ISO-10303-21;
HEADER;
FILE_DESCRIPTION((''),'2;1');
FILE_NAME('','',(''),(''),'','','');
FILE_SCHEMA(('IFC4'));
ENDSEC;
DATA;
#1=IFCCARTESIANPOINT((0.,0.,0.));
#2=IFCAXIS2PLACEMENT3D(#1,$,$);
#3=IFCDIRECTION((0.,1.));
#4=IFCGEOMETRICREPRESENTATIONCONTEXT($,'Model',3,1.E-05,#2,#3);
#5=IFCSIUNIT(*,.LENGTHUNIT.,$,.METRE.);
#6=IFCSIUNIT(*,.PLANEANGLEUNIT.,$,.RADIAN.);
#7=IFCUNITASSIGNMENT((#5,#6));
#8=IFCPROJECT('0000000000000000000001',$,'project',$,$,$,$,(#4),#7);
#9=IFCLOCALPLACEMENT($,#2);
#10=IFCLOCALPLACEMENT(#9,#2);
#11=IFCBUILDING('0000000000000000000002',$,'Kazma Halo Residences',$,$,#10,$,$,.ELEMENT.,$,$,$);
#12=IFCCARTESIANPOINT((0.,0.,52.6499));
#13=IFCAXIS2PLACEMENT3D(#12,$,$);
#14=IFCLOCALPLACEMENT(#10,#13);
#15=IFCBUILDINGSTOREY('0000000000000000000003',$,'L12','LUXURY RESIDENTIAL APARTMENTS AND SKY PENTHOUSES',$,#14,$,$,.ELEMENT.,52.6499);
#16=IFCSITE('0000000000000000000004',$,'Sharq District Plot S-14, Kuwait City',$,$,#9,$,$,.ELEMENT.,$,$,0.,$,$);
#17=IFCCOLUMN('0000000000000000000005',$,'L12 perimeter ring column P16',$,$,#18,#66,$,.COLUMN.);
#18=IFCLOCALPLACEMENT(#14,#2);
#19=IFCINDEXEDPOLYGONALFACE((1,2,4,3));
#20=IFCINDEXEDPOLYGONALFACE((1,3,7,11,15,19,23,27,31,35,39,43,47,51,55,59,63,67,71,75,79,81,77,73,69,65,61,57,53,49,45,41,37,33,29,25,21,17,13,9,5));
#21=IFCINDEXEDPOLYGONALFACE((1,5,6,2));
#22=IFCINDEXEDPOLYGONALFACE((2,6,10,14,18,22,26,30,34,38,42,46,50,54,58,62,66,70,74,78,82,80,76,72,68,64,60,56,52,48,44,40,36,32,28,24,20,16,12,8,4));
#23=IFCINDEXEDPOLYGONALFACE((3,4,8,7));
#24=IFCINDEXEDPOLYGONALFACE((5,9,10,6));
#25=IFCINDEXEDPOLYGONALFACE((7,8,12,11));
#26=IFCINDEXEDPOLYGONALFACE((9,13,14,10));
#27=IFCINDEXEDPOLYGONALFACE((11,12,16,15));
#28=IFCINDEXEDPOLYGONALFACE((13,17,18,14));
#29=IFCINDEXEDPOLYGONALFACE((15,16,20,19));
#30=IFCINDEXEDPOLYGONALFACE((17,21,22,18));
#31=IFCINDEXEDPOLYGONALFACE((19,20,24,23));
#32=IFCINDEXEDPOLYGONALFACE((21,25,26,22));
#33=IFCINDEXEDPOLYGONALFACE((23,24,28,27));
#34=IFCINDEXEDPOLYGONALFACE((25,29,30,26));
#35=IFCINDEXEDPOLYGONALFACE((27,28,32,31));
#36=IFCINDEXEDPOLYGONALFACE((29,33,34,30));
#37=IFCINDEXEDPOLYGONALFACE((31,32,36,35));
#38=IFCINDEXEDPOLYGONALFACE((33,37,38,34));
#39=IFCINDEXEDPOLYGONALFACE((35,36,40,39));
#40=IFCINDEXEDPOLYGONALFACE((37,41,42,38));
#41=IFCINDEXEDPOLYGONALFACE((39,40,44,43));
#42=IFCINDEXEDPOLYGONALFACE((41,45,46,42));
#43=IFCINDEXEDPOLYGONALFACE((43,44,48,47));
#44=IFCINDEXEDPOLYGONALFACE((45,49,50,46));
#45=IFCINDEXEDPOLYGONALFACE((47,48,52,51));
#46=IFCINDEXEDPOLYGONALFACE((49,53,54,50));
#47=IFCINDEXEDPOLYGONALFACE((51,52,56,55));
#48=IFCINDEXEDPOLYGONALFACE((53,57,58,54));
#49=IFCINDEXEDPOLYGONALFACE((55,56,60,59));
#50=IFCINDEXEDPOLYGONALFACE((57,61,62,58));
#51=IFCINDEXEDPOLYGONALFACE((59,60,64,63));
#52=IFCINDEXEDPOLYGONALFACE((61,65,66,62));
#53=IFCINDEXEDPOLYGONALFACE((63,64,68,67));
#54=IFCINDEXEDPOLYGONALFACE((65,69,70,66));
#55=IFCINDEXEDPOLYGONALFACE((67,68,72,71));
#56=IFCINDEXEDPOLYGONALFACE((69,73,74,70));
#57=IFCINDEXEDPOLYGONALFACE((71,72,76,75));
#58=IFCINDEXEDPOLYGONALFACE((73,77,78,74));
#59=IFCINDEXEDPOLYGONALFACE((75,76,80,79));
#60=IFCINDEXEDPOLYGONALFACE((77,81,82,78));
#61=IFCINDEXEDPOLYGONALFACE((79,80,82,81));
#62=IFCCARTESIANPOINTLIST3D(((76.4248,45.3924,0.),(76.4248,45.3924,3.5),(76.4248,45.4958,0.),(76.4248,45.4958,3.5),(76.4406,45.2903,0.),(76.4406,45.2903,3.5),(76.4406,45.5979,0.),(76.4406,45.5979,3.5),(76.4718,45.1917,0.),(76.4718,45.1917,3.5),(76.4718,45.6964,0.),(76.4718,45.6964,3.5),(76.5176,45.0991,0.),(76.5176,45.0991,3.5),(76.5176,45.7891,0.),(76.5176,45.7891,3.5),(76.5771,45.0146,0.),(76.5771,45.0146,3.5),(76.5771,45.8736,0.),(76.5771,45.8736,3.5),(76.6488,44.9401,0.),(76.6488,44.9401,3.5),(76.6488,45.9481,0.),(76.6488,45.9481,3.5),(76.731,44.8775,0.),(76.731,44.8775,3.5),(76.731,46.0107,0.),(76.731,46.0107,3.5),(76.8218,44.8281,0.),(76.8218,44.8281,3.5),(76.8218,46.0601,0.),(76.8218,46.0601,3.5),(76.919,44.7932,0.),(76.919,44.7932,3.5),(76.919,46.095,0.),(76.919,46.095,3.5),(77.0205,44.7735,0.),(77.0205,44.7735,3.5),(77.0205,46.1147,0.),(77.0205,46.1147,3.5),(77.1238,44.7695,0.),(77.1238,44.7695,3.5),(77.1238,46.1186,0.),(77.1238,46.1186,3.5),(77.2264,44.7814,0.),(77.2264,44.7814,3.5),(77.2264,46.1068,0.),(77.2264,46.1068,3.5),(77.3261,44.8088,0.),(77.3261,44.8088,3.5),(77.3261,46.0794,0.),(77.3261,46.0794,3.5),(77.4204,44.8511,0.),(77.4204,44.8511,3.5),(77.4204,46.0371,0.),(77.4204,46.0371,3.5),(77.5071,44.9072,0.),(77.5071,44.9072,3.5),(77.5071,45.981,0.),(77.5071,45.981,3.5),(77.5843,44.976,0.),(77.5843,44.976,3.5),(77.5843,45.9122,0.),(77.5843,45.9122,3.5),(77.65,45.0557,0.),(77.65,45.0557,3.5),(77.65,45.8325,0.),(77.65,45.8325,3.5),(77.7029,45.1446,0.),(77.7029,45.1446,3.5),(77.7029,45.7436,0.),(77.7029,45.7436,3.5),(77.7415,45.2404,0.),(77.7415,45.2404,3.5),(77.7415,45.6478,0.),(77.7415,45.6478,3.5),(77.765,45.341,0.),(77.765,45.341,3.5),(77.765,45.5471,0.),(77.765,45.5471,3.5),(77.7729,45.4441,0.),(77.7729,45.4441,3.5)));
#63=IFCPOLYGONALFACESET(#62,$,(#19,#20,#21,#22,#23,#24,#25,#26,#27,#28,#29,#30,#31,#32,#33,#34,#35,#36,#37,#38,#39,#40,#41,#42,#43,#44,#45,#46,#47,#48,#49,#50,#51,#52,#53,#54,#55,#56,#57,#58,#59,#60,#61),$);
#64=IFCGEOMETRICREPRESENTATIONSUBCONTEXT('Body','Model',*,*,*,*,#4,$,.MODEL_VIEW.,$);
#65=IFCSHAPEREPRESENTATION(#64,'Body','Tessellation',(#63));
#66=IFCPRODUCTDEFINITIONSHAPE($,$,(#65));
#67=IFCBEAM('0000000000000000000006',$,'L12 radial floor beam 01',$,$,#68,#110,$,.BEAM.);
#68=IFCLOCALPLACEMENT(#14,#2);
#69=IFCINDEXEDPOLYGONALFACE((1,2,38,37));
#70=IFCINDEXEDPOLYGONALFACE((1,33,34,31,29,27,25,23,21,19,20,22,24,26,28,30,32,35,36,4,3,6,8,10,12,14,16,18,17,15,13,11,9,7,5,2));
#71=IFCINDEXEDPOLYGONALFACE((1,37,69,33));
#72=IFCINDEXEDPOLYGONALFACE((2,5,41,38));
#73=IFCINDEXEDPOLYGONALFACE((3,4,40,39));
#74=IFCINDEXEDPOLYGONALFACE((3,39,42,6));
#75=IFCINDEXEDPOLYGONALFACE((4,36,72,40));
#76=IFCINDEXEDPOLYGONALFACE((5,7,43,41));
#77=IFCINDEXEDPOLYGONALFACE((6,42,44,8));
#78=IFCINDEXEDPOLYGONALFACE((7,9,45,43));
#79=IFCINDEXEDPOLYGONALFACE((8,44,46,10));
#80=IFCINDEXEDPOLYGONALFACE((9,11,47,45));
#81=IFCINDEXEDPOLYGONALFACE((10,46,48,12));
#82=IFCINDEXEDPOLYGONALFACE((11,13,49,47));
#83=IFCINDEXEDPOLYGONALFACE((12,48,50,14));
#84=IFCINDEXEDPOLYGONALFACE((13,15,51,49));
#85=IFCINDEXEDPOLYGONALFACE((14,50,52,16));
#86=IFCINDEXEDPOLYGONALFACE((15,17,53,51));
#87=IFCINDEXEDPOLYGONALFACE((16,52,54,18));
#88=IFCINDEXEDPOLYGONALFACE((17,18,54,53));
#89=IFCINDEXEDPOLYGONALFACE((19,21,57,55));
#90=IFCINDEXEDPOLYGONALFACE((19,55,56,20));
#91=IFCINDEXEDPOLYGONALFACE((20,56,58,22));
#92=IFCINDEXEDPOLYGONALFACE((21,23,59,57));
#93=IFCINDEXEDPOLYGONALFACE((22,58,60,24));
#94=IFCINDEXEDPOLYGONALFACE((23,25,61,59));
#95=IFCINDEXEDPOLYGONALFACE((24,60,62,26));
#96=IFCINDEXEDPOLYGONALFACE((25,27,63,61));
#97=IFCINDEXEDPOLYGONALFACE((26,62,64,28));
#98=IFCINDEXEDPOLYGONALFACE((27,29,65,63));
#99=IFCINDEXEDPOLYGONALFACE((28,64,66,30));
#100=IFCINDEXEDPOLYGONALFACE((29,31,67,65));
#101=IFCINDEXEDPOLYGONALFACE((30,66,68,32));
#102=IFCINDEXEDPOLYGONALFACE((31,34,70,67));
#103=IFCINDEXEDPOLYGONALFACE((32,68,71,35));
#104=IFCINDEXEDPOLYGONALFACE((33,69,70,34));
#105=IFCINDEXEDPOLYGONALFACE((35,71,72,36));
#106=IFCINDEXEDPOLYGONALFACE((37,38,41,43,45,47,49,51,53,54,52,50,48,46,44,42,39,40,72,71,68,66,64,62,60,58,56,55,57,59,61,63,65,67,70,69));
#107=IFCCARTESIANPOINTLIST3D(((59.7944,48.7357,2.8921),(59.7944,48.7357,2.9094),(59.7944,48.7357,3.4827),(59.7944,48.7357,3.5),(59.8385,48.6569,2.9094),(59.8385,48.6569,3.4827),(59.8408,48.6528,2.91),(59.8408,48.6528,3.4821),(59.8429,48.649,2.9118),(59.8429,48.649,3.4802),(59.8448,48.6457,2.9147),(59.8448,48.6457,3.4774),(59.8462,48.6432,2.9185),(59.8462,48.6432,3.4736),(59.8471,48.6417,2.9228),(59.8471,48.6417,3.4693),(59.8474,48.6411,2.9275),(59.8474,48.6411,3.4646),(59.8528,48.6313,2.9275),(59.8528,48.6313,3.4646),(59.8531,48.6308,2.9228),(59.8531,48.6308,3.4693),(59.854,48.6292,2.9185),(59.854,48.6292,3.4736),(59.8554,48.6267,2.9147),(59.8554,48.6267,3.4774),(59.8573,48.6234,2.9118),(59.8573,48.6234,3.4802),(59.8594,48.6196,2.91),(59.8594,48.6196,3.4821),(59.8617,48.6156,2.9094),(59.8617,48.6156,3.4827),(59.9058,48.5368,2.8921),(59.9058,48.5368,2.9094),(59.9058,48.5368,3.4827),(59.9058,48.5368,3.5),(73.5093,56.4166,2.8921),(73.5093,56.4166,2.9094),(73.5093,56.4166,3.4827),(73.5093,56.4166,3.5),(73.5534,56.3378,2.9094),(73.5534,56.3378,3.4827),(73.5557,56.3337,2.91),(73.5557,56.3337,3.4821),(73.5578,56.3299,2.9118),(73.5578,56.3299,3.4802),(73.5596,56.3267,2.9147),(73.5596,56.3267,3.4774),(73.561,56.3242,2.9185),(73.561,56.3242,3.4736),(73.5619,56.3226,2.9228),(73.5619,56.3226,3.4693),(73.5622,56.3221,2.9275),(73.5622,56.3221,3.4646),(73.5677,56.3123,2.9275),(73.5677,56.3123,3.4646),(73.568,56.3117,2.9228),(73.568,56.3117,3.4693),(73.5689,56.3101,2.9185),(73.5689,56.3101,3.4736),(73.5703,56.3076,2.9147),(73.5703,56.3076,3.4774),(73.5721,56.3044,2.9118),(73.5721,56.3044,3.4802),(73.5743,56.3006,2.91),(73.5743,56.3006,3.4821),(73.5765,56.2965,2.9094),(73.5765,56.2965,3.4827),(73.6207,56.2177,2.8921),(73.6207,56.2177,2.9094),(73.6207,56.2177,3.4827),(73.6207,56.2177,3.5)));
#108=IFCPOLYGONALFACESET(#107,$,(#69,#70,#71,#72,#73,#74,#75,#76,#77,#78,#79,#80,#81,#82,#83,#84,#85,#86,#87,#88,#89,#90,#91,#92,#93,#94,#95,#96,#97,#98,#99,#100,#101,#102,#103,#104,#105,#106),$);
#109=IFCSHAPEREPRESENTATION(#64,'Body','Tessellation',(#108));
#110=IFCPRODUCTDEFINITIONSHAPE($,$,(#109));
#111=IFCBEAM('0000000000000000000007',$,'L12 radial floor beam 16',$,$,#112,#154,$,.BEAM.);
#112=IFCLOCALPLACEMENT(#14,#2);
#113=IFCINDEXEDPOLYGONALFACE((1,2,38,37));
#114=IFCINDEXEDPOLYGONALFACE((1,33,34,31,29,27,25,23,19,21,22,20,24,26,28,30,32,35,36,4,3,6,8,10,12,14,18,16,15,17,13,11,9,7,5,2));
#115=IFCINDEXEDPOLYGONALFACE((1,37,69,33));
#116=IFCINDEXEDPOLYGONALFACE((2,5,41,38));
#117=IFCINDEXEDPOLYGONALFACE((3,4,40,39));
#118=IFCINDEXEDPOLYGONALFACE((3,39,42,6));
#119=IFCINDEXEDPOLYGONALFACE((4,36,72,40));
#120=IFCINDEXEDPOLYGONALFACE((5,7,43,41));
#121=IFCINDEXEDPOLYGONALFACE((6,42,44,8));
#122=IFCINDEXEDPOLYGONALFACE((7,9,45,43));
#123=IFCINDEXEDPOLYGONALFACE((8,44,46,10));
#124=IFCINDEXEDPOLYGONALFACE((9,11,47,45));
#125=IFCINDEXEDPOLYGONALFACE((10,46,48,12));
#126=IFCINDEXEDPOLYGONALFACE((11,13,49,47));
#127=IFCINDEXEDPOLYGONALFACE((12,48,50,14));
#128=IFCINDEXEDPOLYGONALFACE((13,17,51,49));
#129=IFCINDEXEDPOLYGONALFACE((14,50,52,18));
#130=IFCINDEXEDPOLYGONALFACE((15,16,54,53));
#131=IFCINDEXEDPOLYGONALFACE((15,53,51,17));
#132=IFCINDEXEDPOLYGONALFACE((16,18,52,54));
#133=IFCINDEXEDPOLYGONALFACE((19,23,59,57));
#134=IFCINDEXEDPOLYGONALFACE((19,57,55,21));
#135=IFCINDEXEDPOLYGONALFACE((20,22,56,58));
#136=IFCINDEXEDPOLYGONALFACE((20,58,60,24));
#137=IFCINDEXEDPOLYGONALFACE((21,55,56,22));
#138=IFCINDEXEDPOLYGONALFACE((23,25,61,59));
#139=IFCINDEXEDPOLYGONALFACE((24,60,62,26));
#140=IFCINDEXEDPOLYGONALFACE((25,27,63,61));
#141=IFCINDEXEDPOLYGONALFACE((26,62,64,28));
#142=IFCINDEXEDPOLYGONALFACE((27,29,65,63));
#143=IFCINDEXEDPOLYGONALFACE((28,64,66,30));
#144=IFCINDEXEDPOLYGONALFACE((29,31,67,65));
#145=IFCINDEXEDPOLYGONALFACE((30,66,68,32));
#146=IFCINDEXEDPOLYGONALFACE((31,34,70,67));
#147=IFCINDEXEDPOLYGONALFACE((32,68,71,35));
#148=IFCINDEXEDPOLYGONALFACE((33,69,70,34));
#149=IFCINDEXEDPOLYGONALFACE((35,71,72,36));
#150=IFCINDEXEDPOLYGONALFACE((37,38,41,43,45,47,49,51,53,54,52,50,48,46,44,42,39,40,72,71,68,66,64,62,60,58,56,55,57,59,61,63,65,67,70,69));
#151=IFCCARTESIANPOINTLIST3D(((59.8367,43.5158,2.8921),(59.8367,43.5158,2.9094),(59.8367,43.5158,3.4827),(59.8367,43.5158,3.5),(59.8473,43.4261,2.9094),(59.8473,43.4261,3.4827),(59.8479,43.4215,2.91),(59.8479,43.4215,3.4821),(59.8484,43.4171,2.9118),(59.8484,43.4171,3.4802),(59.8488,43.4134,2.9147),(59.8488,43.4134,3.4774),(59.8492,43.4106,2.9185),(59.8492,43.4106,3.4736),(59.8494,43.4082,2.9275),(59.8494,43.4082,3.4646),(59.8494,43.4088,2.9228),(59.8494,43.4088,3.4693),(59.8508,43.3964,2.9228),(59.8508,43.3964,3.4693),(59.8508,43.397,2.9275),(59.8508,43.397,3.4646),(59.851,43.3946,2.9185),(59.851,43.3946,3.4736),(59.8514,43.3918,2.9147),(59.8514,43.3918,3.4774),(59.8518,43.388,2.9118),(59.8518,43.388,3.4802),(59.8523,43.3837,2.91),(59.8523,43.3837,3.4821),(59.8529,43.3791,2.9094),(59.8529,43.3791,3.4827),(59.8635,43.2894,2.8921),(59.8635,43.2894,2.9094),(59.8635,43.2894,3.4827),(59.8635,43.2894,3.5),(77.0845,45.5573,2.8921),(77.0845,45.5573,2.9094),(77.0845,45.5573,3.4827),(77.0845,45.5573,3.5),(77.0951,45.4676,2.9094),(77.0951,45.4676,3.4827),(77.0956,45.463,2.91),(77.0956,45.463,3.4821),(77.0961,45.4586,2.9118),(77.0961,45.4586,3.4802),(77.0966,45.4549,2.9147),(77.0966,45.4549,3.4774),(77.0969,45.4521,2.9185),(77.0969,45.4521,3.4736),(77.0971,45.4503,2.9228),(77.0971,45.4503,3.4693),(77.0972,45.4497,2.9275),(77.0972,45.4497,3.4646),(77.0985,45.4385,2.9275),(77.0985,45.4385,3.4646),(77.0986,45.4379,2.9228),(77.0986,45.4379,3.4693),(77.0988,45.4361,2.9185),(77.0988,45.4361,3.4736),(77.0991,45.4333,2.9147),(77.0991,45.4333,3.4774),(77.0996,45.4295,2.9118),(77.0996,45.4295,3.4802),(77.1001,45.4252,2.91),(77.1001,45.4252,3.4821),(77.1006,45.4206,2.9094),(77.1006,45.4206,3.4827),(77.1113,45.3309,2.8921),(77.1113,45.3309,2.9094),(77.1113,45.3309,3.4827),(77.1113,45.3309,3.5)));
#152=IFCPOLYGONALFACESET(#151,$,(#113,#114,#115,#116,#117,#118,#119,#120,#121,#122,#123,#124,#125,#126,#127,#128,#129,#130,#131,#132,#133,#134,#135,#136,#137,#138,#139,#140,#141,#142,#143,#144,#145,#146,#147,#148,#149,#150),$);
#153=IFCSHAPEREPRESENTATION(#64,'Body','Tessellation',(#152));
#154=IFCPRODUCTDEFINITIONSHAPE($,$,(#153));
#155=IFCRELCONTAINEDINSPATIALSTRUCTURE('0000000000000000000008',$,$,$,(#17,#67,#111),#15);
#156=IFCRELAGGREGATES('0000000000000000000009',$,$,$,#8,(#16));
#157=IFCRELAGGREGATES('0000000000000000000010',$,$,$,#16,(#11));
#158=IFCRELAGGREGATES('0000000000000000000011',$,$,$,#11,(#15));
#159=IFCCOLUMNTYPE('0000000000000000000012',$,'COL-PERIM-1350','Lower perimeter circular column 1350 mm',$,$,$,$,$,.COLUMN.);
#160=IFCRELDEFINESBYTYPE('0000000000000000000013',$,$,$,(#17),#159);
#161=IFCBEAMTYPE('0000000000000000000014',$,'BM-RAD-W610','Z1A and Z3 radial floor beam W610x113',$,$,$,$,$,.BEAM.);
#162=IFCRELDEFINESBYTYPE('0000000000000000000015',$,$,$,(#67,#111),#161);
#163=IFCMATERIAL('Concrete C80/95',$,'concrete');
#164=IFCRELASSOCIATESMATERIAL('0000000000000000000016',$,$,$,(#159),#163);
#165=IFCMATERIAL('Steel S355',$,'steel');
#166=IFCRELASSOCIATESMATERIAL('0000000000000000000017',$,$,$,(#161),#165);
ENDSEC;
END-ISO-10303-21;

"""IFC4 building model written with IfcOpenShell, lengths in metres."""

from ifc_helpers import new_model, si_unit, direction, frame, origin, origin_2d, place, context, subcontext, project, spatial, circle, i_section, extrude, material, material_profile, profile_set, type_object, element, save


model = new_model("IFC4")

# Units and contexts
model_context = context("Model", 3, precision=1e-05, world=origin(), true_north=direction((0.0, 1.0)))
body_context = subcontext(model_context, "Body", "Model", "MODEL_VIEW")
ifc_project = project(units=[si_unit("LENGTHUNIT", "METRE"), si_unit("PLANEANGLEUNIT", "RADIAN")], contexts=[model_context])

# Site, building, storey
site_placement = place(None, origin())
site = spatial("IfcSite", under=ifc_project, at=site_placement, Name="Sharq District Plot S-14, Kuwait City", CompositionType="ELEMENT", RefElevation=0.0)
building_placement = place(site_placement, origin())
building = spatial("IfcBuilding", under=site, at=building_placement, Name="Kazma Halo Residences", CompositionType="ELEMENT")
storey_placement = place(building_placement, frame((0.0, 0.0, 52.6499)))
storey = spatial("IfcBuildingStorey", under=building, at=storey_placement, Name="L12", Description="LUXURY RESIDENTIAL APARTMENTS AND SKY PENTHOUSES", CompositionType="ELEMENT", Elevation=52.6499)

# Column
ifc_material_1 = material(Name="Concrete C80/95", Category="concrete")
ifc_material_profile_1 = material_profile(ifc_material_1, circle(Radius=0.675, at=origin_2d()), Name="CIRC1350")
ifc_profile_set_1 = profile_set([ifc_material_profile_1], Name="Concrete C80/95")
column_type = type_object("IfcColumnType", Name="COL-PERIM-1350", Description="Lower perimeter circular column 1350 mm", PredefinedType="COLUMN", material=ifc_profile_set_1)
column_placement = place(storey_placement, frame((77.0979, 45.4441, 0.0), z_axis=(0.0, 0.0, 1.0), x_axis=(1.0, 0.0, 0.0)))
element("IfcColumn", 1, at=column_placement, inside=storey, type_object=column_type, Name="L12 perimeter ring column P16", PredefinedType="COLUMN", context=body_context, shape_type="SweptSolid", body=[
    extrude(circle(Radius=0.675, at=origin_2d()), origin(), (0.0, 0.0, 1.0), 3.5),
])

# Beams
ifc_material_2 = material(Name="Steel S355", Category="steel")
ifc_material_profile_2 = material_profile(ifc_material_2, i_section(OverallWidth=0.228, OverallDepth=0.6079, WebThickness=0.0112, FlangeThickness=0.0173, FilletRadius=0.0181, at=origin_2d()), Name="W610x113")
ifc_profile_set_2 = profile_set([ifc_material_profile_2], Name="Steel S355")
beam_type_1 = type_object("IfcBeamType", Name="BM-RAD-W610", Description="Z1A and Z3 radial floor beam W610x113", PredefinedType="BEAM", material=ifc_profile_set_2)
beam_1_placement = place(storey_placement, frame((59.8501, 48.6362, 3.196), z_axis=(0.87249, 0.488632, 0.0), x_axis=(-0.488632, 0.87249, 0.0)))
element("IfcBeam", 2, at=beam_1_placement, inside=storey, type_object=beam_type_1, Name="L12 radial floor beam 01", PredefinedType="BEAM", context=body_context, shape_type="SweptSolid", body=[
    extrude(i_section(OverallWidth=0.228, OverallDepth=0.6079, WebThickness=0.0112, FlangeThickness=0.0173, FilletRadius=0.0181, at=origin_2d()), origin(), (0.0, 0.0, 1.0), 15.7192),
])
beam_2_placement = place(storey_placement, frame((59.8501, 43.4026, 3.196), z_axis=(0.993068, 0.117543, 0.0), x_axis=(-0.117543, 0.993068, 0.0)))
element("IfcBeam", 3, at=beam_2_placement, inside=storey, type_object=beam_type_1, Name="L12 radial floor beam 16", PredefinedType="BEAM", context=body_context, shape_type="SweptSolid", body=[
    extrude(i_section(OverallWidth=0.228, OverallDepth=0.6079, WebThickness=0.0112, FlangeThickness=0.0173, FilletRadius=0.0181, at=origin_2d()), origin(), (0.0, 0.0, 1.0), 17.3682),
])

save(model, "model.ifc")
